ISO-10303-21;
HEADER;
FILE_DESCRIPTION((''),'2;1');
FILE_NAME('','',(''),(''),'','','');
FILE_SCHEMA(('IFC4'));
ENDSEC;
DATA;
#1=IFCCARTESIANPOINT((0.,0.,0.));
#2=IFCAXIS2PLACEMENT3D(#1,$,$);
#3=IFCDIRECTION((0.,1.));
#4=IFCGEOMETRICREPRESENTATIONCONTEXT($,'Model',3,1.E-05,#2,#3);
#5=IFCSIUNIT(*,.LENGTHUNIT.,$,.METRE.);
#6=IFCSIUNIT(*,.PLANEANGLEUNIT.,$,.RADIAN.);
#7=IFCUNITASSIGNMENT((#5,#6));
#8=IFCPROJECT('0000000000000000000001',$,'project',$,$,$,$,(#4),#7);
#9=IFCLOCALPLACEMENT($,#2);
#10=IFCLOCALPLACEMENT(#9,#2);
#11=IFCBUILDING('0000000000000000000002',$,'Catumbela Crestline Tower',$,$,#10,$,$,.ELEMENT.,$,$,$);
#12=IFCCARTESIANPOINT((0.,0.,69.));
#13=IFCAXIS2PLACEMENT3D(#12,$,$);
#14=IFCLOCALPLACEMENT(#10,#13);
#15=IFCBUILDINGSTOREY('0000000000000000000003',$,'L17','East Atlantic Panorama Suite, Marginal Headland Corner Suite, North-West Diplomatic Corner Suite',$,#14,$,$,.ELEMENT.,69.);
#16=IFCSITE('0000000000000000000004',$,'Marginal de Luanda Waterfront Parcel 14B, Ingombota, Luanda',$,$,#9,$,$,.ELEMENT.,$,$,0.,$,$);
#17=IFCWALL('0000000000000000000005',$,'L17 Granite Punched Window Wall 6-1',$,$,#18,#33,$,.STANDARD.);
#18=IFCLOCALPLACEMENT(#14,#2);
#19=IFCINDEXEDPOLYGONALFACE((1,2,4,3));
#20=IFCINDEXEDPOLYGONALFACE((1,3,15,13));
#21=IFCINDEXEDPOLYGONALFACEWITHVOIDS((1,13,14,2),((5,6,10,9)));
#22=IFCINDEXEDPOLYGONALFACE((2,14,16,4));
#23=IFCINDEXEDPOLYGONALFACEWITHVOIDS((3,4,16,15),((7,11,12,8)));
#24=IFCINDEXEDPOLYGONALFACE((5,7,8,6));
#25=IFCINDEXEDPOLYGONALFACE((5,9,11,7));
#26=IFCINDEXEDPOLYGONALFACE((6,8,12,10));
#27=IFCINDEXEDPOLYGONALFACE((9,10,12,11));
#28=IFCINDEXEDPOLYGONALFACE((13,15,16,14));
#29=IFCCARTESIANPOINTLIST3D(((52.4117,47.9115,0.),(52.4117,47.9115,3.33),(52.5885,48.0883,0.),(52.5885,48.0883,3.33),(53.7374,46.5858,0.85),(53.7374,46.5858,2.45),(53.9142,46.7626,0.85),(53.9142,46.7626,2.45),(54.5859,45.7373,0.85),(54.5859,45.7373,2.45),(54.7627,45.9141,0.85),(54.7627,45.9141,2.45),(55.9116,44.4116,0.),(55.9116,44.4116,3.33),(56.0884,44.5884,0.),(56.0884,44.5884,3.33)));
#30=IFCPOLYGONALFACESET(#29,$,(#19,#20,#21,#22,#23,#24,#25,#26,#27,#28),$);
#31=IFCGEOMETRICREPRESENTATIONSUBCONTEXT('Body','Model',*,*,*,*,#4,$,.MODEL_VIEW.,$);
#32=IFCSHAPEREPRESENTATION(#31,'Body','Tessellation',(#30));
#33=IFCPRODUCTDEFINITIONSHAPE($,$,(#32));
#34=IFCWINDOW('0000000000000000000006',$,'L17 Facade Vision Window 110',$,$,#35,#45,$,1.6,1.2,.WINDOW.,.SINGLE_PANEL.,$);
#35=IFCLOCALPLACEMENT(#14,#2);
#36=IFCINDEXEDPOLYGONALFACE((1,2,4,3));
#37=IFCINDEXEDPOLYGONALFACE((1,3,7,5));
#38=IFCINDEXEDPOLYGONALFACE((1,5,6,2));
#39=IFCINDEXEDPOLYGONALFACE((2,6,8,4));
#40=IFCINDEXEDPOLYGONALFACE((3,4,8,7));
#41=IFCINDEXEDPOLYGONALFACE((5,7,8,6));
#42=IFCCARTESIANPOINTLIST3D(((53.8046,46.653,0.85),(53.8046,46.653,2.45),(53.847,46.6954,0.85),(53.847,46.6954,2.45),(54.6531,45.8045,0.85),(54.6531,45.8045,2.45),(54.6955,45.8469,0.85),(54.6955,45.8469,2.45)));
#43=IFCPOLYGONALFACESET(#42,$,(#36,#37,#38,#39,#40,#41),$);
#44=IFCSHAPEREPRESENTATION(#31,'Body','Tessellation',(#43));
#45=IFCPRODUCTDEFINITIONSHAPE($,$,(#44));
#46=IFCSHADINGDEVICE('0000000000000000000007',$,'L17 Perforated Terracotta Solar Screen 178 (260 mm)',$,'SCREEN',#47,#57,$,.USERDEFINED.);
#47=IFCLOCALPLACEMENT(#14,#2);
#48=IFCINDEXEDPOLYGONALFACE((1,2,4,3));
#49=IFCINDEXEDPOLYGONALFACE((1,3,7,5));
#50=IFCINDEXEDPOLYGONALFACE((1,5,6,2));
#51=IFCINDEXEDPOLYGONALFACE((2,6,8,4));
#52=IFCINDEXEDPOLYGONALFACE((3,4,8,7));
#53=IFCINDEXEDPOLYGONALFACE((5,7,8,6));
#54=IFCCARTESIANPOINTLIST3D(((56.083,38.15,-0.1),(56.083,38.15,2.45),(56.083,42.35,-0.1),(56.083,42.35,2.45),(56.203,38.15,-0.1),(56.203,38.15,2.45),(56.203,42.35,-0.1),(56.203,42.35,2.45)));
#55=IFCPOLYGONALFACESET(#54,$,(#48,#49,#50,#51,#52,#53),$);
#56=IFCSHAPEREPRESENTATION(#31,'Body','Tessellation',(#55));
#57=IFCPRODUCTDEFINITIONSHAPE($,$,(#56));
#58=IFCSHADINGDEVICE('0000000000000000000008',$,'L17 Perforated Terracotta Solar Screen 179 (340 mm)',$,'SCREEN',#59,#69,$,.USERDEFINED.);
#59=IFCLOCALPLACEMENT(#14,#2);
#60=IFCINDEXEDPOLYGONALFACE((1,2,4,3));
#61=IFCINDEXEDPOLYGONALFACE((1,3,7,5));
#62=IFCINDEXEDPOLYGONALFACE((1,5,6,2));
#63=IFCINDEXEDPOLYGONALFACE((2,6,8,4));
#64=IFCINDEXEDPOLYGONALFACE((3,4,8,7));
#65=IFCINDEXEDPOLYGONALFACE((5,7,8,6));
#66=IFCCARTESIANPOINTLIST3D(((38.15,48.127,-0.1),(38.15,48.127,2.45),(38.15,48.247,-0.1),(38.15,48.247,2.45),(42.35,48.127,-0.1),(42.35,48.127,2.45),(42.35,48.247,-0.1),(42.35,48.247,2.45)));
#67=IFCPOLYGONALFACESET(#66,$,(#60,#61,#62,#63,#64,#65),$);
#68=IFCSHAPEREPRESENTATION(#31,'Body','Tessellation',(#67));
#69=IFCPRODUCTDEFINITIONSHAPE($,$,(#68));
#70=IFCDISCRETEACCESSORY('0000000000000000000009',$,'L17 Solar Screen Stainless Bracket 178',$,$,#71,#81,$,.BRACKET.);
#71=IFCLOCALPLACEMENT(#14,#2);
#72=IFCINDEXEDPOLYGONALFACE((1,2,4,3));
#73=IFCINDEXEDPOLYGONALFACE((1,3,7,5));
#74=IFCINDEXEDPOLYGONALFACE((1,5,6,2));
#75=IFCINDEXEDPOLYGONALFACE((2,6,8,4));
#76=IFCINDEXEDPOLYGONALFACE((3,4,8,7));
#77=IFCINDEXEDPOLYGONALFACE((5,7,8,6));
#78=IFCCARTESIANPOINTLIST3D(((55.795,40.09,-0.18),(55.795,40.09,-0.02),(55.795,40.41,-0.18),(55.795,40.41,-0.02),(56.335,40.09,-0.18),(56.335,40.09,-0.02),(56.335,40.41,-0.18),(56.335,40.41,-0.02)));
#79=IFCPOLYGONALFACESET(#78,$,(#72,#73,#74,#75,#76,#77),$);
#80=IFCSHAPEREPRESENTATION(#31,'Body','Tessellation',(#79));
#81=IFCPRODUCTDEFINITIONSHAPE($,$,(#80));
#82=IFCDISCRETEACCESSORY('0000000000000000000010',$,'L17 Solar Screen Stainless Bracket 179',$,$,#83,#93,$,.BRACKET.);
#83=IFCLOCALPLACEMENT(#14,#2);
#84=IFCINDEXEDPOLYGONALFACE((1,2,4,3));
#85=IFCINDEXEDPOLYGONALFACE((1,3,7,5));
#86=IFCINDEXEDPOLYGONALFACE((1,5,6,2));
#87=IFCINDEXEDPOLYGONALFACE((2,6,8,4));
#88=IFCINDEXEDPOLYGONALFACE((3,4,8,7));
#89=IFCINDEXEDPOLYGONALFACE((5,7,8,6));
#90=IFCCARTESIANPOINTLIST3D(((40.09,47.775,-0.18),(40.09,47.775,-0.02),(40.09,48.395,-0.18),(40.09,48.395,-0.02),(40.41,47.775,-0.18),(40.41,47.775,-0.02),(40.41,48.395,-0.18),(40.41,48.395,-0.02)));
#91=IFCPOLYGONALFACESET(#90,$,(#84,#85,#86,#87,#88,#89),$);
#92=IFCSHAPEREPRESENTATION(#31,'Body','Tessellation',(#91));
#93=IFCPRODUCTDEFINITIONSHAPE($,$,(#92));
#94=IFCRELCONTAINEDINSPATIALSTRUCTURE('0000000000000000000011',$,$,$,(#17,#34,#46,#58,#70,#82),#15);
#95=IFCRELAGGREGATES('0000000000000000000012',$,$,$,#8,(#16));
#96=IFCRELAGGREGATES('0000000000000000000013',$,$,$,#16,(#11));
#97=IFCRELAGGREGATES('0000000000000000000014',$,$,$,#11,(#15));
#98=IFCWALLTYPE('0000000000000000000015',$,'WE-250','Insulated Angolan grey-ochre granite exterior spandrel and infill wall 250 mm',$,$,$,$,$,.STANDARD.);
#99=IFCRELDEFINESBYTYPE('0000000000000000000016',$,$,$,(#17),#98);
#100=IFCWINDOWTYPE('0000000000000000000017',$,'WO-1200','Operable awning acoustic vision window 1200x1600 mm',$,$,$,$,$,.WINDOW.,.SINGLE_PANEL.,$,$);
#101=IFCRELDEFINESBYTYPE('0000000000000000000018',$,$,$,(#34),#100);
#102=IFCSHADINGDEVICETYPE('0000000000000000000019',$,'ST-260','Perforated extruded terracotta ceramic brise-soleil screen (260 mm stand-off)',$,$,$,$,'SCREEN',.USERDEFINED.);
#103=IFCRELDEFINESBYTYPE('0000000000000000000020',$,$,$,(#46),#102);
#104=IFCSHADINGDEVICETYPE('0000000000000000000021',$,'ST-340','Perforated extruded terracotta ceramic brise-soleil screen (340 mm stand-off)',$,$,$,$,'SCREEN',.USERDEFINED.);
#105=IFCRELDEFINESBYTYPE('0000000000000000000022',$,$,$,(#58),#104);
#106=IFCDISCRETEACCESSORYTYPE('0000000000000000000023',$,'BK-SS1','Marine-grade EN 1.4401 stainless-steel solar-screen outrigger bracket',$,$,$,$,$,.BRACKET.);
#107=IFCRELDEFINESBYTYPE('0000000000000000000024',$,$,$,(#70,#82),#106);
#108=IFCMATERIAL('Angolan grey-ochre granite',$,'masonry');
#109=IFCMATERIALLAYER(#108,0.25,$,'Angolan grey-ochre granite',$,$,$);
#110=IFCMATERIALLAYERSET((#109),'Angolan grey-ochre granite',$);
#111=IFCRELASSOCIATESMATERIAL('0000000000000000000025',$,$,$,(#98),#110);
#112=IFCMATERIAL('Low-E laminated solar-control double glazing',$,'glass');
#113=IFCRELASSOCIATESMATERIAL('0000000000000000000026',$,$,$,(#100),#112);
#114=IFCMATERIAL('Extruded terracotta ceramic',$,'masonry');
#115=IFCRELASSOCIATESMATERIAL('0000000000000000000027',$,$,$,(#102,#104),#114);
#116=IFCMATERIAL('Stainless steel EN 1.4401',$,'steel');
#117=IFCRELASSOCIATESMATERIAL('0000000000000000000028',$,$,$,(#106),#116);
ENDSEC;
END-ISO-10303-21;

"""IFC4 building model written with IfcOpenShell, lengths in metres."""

from ifc_helpers import new_model, si_unit, direction, frame, frame_2d, origin, origin_2d, place, context, subcontext, project, spatial, rectangle, extrude, material, layer, layer_set, type_object, element, fill, save


model = new_model("IFC4")

# Units and contexts
model_context = context("Model", 3, precision=1e-05, world=origin(), true_north=direction((0.0, 1.0)))
body_context = subcontext(model_context, "Body", "Model", "MODEL_VIEW")
ifc_project = project(units=[si_unit("LENGTHUNIT", "METRE"), si_unit("PLANEANGLEUNIT", "RADIAN")], contexts=[model_context])

# Site, building, storey
site_placement = place(None, origin())
site = spatial("IfcSite", under=ifc_project, at=site_placement, Name="Marginal de Luanda Waterfront Parcel 14B, Ingombota, Luanda", CompositionType="ELEMENT", RefElevation=0.0)
building_placement = place(site_placement, origin())
building = spatial("IfcBuilding", under=site, at=building_placement, Name="Catumbela Crestline Tower", CompositionType="ELEMENT")
storey_placement = place(building_placement, frame((0.0, 0.0, 69.0)))
storey = spatial("IfcBuildingStorey", under=building, at=storey_placement, Name="L17", Description="East Atlantic Panorama Suite, Marginal Headland Corner Suite, North-West Diplomatic Corner Suite", CompositionType="ELEMENT", Elevation=69.0)

# Shared definitions
ifc_material_1 = material(Name="Low-E laminated solar-control double glazing", Category="glass")

# Wall, opening, window
ifc_material_2 = material(Name="Angolan grey-ochre granite", Category="masonry")
ifc_layer_1 = layer(ifc_material_2, 0.25, Name="Angolan grey-ochre granite")
ifc_layer_set_1 = layer_set([ifc_layer_1], Name="Angolan grey-ochre granite")
wall_type = type_object("IfcWallType", Name="WE-250", Description="Insulated Angolan grey-ochre granite exterior spandrel and infill wall 250 mm", PredefinedType="STANDARD", material=ifc_layer_set_1)
wall_placement = place(storey_placement, frame((56.0, 44.5, 0.0), z_axis=(0.0, 0.0, 1.0), x_axis=(-0.707107, 0.707107, 0.0)))
wall = element("IfcWall", 1, at=wall_placement, inside=storey, type_object=wall_type, Name="L17 Granite Punched Window Wall 6-1", PredefinedType="STANDARD", context=body_context, shape_type="SweptSolid", body=[
    extrude(rectangle(XDim=4.9497, YDim=0.25, at=frame_2d((2.4748, 0.0))), origin(), (0.0, 0.0, 1.0), 3.33),
])
opening_placement = place(wall_placement, frame((1.8748, 0.0, 0.85)))
opening = element("IfcOpeningElement", 2, at=opening_placement, cuts=wall, PredefinedType="OPENING", context=body_context, shape_type="SweptSolid", body=[
    extrude(rectangle(XDim=1.2, YDim=1.6, at=frame_2d((0.6, 0.8))), frame((0.0, 0.135, 0.0), z_axis=(0.0, -1.0, 0.0), x_axis=(1.0, 0.0, 0.0)), (0.0, 0.0, 1.0), 0.27),
])
window_type = type_object("IfcWindowType", Name="WO-1200", Description="Operable awning acoustic vision window 1200x1600 mm", PartitioningType="SINGLE_PANEL", PredefinedType="WINDOW", material=ifc_material_1)
window_placement = place(opening_placement, origin())
window = element("IfcWindow", 3, at=window_placement, inside=storey, type_object=window_type, Name="L17 Facade Vision Window 110", OverallHeight=1.6, OverallWidth=1.2, PartitioningType="SINGLE_PANEL", PredefinedType="WINDOW", context=body_context, shape_type="SweptSolid", body=[
    extrude(rectangle(XDim=1.2, YDim=1.6, at=frame_2d((0.6, 0.8))), frame((0.0, 0.03, 0.0), z_axis=(0.0, -1.0, 0.0), x_axis=(1.0, 0.0, 0.0)), (0.0, 0.0, 1.0), 0.06),
])
fill(opening, window)

# Shading devices
ifc_material_3 = material(Name="Extruded terracotta ceramic", Category="masonry")
shading_device_type_1 = type_object("IfcShadingDeviceType", Name="ST-260", Description="Perforated extruded terracotta ceramic brise-soleil screen (260 mm stand-off)", ElementType="SCREEN", PredefinedType="USERDEFINED", material=ifc_material_3)
shading_device_1_placement = place(storey_placement, frame((56.143, 40.25, -0.1), z_axis=(0.0, 0.0, 1.0), x_axis=(0.0, 1.0, 0.0)))
element("IfcShadingDevice", 4, at=shading_device_1_placement, inside=storey, type_object=shading_device_type_1, Name="L17 Perforated Terracotta Solar Screen 178 (260 mm)", ObjectType="SCREEN", PredefinedType="USERDEFINED", context=body_context, shape_type="SweptSolid", body=[
    extrude(rectangle(XDim=4.2, YDim=0.12, at=origin_2d()), origin(), (0.0, 0.0, 1.0), 2.55),
])
shading_device_type_2 = type_object("IfcShadingDeviceType", Name="ST-340", Description="Perforated extruded terracotta ceramic brise-soleil screen (340 mm stand-off)", ElementType="SCREEN", PredefinedType="USERDEFINED", material=ifc_material_3)
shading_device_2_placement = place(storey_placement, frame((40.25, 48.187, -0.1), z_axis=(0.0, 0.0, 1.0), x_axis=(-1.0, 0.0, 0.0)))
element("IfcShadingDevice", 5, at=shading_device_2_placement, inside=storey, type_object=shading_device_type_2, Name="L17 Perforated Terracotta Solar Screen 179 (340 mm)", ObjectType="SCREEN", PredefinedType="USERDEFINED", context=body_context, shape_type="SweptSolid", body=[
    extrude(rectangle(XDim=4.2, YDim=0.12, at=origin_2d()), origin(), (0.0, 0.0, 1.0), 2.55),
])

# Discrete accessories
ifc_material_4 = material(Name="Stainless steel EN 1.4401", Category="steel")
discrete_accessory_type = type_object("IfcDiscreteAccessoryType", Name="BK-SS1", Description="Marine-grade EN 1.4401 stainless-steel solar-screen outrigger bracket", PredefinedType="BRACKET", material=ifc_material_4)
discrete_accessory_1_placement = place(storey_placement, frame((56.065, 40.25, -0.18), z_axis=(0.0, 0.0, 1.0), x_axis=(0.0, 1.0, 0.0)))
element("IfcDiscreteAccessory", 6, at=discrete_accessory_1_placement, inside=storey, type_object=discrete_accessory_type, Name="L17 Solar Screen Stainless Bracket 178", PredefinedType="BRACKET", context=body_context, shape_type="SweptSolid", body=[
    extrude(rectangle(XDim=0.32, YDim=0.54, at=origin_2d()), origin(), (0.0, 0.0, 1.0), 0.16),
])
discrete_accessory_2_placement = place(storey_placement, frame((40.25, 48.085, -0.18), z_axis=(0.0, 0.0, 1.0), x_axis=(-1.0, 0.0, 0.0)))
element("IfcDiscreteAccessory", 7, at=discrete_accessory_2_placement, inside=storey, type_object=discrete_accessory_type, Name="L17 Solar Screen Stainless Bracket 179", PredefinedType="BRACKET", context=body_context, shape_type="SweptSolid", body=[
    extrude(rectangle(XDim=0.32, YDim=0.62, at=origin_2d()), origin(), (0.0, 0.0, 1.0), 0.16),
])

save(model, "model.ifc")
